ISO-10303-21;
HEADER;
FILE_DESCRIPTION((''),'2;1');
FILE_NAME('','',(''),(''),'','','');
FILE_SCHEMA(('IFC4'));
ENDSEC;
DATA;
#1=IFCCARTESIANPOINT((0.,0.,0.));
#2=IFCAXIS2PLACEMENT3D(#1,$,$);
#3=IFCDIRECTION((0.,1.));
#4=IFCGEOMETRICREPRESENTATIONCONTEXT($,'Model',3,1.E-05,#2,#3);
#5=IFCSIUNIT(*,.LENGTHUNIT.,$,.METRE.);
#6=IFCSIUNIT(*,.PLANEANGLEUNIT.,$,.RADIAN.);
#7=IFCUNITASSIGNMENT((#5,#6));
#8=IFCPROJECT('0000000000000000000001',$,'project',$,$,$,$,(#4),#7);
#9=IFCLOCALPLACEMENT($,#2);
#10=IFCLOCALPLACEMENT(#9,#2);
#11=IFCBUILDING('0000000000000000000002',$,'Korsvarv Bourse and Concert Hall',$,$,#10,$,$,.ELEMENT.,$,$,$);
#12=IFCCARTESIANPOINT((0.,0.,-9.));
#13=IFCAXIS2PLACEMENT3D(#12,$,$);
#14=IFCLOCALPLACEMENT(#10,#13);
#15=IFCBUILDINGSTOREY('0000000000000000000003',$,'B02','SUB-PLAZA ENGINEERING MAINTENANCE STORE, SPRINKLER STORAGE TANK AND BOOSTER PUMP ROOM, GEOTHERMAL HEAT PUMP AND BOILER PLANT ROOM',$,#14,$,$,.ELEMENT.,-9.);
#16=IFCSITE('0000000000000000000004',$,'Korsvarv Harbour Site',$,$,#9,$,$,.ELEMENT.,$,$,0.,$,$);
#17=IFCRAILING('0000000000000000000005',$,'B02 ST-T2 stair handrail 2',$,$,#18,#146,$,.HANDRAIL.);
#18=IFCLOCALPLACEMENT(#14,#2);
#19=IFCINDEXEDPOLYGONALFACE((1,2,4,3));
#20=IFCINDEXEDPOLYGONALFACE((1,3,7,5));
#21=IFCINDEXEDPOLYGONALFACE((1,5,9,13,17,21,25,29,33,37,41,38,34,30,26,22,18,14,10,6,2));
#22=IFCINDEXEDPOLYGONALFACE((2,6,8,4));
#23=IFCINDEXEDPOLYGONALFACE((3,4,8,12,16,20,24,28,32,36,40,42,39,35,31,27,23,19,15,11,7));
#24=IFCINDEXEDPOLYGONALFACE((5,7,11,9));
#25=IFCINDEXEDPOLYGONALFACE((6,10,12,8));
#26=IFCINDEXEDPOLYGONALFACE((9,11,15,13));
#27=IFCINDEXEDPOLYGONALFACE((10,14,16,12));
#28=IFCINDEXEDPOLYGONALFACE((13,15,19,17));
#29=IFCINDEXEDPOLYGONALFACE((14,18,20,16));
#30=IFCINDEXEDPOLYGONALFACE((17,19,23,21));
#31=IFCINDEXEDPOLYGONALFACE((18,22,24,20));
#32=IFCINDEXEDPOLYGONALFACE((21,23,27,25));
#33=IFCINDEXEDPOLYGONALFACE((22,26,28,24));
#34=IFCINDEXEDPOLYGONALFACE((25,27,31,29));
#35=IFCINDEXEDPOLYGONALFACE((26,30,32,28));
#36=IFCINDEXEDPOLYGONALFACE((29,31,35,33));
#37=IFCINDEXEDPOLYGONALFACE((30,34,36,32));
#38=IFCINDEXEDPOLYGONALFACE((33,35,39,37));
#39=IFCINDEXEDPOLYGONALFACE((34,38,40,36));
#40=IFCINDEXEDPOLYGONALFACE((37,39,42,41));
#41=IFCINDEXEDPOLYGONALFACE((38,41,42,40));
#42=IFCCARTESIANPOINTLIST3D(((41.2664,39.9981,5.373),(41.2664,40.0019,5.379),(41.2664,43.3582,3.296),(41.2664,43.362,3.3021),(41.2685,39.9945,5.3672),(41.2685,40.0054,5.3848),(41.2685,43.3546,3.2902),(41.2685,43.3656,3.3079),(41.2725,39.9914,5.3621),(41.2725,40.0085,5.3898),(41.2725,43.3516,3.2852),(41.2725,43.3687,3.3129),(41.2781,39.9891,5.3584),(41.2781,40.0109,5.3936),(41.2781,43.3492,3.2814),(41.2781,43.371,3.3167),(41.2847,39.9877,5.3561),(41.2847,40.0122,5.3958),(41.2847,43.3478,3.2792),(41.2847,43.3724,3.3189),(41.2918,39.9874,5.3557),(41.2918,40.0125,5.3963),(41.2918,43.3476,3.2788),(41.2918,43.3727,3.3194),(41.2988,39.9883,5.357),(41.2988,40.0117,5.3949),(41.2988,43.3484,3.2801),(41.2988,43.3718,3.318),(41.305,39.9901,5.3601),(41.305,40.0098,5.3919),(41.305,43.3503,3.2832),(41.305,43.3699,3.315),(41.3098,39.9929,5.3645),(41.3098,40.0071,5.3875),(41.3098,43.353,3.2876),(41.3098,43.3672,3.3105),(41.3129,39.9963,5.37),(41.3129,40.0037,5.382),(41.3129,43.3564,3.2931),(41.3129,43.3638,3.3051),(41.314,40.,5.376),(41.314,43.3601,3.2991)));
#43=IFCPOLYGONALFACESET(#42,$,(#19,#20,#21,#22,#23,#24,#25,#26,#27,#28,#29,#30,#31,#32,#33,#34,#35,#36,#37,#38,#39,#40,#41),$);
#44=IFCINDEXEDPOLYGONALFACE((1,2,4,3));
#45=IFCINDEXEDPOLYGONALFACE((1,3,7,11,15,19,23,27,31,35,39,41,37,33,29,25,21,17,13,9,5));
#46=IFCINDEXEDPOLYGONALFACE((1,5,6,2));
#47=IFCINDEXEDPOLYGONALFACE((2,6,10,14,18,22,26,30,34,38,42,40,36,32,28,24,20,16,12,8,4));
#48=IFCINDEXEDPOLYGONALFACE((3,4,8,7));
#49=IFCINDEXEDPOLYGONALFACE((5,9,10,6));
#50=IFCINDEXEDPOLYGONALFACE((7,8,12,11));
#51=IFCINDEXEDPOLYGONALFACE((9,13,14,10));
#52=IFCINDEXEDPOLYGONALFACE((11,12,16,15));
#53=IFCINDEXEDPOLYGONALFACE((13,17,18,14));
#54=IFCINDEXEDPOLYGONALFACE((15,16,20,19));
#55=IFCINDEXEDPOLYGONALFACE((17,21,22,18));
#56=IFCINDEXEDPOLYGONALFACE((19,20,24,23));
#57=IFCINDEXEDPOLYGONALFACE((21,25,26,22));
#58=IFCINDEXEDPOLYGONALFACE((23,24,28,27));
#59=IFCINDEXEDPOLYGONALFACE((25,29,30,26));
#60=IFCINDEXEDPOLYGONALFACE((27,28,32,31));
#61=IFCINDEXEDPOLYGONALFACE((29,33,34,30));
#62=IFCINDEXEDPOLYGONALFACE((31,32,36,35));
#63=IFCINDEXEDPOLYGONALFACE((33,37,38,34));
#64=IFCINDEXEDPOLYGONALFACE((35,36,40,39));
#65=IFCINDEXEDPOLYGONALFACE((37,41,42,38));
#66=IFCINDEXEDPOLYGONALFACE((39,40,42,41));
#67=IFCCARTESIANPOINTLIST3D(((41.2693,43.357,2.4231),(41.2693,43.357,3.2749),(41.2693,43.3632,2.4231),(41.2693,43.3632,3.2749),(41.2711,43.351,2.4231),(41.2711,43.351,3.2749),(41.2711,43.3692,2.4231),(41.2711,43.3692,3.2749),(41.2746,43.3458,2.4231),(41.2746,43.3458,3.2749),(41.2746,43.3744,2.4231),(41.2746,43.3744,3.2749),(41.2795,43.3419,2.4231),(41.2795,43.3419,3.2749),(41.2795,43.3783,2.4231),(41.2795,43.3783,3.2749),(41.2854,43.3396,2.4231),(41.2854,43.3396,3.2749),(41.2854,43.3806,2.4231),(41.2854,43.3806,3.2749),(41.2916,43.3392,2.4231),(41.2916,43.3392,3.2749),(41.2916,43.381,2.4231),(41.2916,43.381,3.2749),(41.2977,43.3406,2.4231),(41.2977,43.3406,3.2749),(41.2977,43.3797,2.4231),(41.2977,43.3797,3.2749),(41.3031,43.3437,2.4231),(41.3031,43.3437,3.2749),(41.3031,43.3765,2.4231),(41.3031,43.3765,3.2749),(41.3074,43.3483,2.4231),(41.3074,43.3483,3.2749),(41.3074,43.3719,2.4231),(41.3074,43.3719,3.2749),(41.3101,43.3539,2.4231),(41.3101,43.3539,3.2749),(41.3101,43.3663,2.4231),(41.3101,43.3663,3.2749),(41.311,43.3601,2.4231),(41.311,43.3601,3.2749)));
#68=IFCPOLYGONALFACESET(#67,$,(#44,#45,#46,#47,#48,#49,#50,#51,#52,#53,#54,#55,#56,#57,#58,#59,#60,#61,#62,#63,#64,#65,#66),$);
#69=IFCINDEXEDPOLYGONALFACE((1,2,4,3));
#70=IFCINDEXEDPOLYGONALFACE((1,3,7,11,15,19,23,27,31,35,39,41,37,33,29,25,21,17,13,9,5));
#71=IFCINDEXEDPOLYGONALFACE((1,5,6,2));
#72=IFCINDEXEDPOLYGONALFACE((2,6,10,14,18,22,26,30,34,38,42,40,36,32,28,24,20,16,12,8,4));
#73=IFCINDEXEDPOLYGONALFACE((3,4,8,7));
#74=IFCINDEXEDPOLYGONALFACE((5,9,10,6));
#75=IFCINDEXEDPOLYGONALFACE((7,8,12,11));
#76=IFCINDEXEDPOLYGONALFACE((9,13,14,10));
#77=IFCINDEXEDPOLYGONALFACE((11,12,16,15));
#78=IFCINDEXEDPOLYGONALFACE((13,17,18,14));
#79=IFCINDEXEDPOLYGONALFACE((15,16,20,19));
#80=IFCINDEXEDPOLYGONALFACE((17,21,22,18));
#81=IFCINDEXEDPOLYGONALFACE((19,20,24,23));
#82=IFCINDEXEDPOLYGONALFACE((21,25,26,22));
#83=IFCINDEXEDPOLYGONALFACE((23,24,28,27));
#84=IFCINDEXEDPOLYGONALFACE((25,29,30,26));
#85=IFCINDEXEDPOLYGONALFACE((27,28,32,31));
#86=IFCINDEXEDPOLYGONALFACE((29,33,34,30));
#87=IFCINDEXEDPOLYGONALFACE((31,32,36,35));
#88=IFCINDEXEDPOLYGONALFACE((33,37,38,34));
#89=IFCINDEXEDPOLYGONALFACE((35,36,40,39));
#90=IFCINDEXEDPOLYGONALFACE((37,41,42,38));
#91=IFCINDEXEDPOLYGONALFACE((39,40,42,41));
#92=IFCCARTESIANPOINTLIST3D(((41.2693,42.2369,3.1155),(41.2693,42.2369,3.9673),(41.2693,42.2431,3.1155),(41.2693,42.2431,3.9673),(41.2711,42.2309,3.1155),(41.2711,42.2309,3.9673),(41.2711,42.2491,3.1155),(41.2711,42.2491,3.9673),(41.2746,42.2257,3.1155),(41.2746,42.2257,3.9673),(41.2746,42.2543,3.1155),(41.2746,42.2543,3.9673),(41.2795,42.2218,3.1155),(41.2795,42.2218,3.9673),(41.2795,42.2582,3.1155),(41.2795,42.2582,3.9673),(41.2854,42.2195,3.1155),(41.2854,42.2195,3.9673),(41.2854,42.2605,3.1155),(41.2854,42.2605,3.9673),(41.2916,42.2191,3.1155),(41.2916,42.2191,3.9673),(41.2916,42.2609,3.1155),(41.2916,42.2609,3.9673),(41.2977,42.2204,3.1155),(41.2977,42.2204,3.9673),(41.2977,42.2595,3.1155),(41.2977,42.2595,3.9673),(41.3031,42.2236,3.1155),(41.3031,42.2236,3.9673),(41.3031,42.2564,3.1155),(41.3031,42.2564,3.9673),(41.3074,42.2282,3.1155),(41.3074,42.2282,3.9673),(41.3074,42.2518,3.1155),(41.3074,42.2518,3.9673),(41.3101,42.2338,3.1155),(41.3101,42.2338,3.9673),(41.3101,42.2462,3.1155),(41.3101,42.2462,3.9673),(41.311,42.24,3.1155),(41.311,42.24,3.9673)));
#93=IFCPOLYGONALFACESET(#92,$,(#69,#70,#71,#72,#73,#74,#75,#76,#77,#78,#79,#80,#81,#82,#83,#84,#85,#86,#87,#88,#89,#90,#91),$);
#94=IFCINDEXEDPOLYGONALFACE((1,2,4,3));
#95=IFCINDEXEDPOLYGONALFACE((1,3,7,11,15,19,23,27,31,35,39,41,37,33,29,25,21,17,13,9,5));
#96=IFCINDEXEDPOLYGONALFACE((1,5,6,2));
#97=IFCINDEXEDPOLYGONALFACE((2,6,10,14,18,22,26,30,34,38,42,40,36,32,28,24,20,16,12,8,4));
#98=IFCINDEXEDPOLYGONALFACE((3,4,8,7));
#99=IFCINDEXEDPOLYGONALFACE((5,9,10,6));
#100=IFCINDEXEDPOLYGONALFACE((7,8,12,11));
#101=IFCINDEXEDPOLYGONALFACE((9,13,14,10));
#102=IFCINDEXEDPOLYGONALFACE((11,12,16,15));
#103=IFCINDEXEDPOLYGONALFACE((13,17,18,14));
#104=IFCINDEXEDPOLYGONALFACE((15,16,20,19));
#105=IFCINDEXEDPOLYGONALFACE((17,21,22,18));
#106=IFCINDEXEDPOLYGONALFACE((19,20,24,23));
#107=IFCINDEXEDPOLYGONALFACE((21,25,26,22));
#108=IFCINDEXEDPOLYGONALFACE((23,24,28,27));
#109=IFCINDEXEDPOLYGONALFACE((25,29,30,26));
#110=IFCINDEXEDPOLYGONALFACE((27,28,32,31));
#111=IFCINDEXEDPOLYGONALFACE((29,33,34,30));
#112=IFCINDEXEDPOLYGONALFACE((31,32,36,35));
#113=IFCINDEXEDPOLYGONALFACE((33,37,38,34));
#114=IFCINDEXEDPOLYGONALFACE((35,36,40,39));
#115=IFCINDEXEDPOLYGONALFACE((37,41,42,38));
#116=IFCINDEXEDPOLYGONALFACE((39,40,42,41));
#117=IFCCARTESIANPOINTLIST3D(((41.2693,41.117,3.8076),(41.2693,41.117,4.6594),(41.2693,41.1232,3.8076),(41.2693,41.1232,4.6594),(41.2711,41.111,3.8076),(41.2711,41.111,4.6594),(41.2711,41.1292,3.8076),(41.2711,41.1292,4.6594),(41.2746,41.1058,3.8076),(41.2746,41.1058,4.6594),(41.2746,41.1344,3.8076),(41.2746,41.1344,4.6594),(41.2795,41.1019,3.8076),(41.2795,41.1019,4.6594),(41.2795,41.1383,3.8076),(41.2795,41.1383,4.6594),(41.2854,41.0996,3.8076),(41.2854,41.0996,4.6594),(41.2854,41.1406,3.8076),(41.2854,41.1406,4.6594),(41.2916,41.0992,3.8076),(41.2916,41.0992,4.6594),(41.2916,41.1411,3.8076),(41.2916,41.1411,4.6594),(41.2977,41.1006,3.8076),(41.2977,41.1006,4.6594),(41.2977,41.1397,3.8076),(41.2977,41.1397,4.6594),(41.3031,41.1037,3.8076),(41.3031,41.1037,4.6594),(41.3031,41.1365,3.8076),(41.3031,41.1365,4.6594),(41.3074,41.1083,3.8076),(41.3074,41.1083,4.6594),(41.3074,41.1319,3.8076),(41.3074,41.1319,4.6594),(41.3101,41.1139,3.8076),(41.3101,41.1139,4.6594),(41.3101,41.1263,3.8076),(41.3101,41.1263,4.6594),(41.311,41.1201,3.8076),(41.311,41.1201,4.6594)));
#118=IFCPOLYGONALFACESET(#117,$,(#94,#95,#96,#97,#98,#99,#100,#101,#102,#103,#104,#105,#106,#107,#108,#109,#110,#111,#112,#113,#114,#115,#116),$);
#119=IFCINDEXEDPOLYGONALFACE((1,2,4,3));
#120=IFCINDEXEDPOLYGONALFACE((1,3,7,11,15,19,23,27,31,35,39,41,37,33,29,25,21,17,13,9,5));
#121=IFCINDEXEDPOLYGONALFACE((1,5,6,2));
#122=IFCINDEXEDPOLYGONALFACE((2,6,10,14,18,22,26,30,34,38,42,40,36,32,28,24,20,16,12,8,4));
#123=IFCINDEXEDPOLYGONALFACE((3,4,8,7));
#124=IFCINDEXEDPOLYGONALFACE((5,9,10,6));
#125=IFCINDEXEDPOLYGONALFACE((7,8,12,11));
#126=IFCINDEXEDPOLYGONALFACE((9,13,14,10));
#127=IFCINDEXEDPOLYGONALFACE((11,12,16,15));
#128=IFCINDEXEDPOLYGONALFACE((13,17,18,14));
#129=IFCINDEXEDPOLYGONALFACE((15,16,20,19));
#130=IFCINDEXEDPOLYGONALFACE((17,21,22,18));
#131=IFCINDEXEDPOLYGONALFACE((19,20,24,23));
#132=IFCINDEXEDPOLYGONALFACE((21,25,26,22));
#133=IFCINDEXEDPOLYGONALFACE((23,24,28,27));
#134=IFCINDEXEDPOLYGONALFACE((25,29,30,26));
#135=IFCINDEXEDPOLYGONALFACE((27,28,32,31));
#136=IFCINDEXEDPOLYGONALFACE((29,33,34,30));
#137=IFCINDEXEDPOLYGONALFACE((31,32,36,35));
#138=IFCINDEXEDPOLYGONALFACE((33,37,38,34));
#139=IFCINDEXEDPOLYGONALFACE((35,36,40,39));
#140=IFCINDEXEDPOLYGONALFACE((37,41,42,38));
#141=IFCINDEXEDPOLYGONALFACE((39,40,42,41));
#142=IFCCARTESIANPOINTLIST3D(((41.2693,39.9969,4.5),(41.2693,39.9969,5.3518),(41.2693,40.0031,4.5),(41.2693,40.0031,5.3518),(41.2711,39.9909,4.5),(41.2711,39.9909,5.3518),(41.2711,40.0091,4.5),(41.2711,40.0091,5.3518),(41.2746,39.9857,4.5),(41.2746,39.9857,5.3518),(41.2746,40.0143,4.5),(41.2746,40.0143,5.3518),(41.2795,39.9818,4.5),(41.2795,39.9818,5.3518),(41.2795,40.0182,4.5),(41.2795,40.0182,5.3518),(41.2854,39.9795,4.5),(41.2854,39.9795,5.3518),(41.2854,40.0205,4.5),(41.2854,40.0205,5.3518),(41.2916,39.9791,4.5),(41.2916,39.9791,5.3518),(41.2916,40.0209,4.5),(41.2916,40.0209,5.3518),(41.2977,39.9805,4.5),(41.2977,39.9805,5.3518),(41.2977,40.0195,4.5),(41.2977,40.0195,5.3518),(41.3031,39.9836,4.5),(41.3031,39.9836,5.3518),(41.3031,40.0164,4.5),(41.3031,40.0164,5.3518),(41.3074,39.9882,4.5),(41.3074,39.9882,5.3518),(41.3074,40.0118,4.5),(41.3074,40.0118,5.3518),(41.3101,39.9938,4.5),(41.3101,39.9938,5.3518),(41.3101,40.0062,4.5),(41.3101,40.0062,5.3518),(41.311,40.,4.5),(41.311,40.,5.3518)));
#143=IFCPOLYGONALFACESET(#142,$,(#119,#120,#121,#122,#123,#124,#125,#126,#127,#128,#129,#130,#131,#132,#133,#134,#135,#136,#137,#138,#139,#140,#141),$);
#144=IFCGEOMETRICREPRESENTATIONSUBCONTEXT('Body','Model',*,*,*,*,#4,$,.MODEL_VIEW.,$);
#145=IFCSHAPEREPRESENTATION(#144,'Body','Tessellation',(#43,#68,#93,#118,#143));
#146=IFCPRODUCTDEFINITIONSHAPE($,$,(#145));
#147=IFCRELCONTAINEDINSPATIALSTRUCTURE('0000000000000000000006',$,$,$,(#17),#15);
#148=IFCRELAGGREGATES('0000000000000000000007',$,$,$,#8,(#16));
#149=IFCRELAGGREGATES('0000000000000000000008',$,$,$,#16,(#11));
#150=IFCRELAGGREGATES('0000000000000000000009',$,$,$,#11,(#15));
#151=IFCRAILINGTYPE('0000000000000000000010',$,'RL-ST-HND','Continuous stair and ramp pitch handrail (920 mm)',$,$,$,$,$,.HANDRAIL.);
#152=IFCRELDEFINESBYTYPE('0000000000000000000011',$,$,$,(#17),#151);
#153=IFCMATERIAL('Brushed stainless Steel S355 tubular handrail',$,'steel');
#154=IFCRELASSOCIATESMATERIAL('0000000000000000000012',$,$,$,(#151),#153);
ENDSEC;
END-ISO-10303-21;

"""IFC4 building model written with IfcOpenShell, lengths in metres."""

from ifc_helpers import new_model, si_unit, direction, frame, origin, origin_2d, place, context, subcontext, project, spatial, circle, extrude, material, type_object, element, save


model = new_model("IFC4")

# Units and contexts
model_context = context("Model", 3, precision=1e-05, world=origin(), true_north=direction((0.0, 1.0)))
body_context = subcontext(model_context, "Body", "Model", "MODEL_VIEW")
ifc_project = project(units=[si_unit("LENGTHUNIT", "METRE"), si_unit("PLANEANGLEUNIT", "RADIAN")], contexts=[model_context])

# Site, building, storey
site_placement = place(None, origin())
site = spatial("IfcSite", under=ifc_project, at=site_placement, Name="Korsvarv Harbour Site", CompositionType="ELEMENT", RefElevation=0.0)
building_placement = place(site_placement, origin())
building = spatial("IfcBuilding", under=site, at=building_placement, Name="Korsvarv Bourse and Concert Hall", CompositionType="ELEMENT")
storey_placement = place(building_placement, frame((0.0, 0.0, -9.0)))
storey = spatial("IfcBuildingStorey", under=building, at=storey_placement, Name="B02", Description="SUB-PLAZA ENGINEERING MAINTENANCE STORE, SPRINKLER STORAGE TANK AND BOOSTER PUMP ROOM, GEOTHERMAL HEAT PUMP AND BOILER PLANT ROOM", CompositionType="ELEMENT", Elevation=-9.0)

# Railing
ifc_material_1 = material(Name="Brushed stainless Steel S355 tubular handrail", Category="steel")
railing_type_1 = type_object("IfcRailingType", Name="RL-ST-HND", Description="Continuous stair and ramp pitch handrail (920 mm)", PredefinedType="HANDRAIL", material=ifc_material_1)
railing_1_placement = place(storey_placement, frame((41.29, 43.3601, 2.4231)))
element("IfcRailing", 1, at=railing_1_placement, inside=storey, type_object=railing_type_1, Name="B02 ST-T2 stair handrail 2", PredefinedType="HANDRAIL", context=body_context, shape_type="SweptSolid", body=[
    extrude(circle(Radius=0.0239, at=origin_2d()), frame((0.0, 0.0, 0.876), z_axis=(0.0, -0.850623, 0.525776), x_axis=(1.0, 0.0, 0.0)), (0.0, 0.0, 1.0), 3.9502),
    extrude(circle(Radius=0.021, at=origin_2d()), origin(), (0.0, 0.0, 1.0), 0.8518),
    extrude(circle(Radius=0.021, at=origin_2d()), frame((0.0, -1.1201, 0.6924)), (0.0, 0.0, 1.0), 0.8518),
    extrude(circle(Radius=0.021, at=origin_2d()), frame((0.0, -2.24, 1.3845)), (0.0, 0.0, 1.0), 0.8518),
    extrude(circle(Radius=0.021, at=origin_2d()), frame((0.0, -3.3601, 2.0769)), (0.0, 0.0, 1.0), 0.8518),
])

save(model, "model.ifc")
